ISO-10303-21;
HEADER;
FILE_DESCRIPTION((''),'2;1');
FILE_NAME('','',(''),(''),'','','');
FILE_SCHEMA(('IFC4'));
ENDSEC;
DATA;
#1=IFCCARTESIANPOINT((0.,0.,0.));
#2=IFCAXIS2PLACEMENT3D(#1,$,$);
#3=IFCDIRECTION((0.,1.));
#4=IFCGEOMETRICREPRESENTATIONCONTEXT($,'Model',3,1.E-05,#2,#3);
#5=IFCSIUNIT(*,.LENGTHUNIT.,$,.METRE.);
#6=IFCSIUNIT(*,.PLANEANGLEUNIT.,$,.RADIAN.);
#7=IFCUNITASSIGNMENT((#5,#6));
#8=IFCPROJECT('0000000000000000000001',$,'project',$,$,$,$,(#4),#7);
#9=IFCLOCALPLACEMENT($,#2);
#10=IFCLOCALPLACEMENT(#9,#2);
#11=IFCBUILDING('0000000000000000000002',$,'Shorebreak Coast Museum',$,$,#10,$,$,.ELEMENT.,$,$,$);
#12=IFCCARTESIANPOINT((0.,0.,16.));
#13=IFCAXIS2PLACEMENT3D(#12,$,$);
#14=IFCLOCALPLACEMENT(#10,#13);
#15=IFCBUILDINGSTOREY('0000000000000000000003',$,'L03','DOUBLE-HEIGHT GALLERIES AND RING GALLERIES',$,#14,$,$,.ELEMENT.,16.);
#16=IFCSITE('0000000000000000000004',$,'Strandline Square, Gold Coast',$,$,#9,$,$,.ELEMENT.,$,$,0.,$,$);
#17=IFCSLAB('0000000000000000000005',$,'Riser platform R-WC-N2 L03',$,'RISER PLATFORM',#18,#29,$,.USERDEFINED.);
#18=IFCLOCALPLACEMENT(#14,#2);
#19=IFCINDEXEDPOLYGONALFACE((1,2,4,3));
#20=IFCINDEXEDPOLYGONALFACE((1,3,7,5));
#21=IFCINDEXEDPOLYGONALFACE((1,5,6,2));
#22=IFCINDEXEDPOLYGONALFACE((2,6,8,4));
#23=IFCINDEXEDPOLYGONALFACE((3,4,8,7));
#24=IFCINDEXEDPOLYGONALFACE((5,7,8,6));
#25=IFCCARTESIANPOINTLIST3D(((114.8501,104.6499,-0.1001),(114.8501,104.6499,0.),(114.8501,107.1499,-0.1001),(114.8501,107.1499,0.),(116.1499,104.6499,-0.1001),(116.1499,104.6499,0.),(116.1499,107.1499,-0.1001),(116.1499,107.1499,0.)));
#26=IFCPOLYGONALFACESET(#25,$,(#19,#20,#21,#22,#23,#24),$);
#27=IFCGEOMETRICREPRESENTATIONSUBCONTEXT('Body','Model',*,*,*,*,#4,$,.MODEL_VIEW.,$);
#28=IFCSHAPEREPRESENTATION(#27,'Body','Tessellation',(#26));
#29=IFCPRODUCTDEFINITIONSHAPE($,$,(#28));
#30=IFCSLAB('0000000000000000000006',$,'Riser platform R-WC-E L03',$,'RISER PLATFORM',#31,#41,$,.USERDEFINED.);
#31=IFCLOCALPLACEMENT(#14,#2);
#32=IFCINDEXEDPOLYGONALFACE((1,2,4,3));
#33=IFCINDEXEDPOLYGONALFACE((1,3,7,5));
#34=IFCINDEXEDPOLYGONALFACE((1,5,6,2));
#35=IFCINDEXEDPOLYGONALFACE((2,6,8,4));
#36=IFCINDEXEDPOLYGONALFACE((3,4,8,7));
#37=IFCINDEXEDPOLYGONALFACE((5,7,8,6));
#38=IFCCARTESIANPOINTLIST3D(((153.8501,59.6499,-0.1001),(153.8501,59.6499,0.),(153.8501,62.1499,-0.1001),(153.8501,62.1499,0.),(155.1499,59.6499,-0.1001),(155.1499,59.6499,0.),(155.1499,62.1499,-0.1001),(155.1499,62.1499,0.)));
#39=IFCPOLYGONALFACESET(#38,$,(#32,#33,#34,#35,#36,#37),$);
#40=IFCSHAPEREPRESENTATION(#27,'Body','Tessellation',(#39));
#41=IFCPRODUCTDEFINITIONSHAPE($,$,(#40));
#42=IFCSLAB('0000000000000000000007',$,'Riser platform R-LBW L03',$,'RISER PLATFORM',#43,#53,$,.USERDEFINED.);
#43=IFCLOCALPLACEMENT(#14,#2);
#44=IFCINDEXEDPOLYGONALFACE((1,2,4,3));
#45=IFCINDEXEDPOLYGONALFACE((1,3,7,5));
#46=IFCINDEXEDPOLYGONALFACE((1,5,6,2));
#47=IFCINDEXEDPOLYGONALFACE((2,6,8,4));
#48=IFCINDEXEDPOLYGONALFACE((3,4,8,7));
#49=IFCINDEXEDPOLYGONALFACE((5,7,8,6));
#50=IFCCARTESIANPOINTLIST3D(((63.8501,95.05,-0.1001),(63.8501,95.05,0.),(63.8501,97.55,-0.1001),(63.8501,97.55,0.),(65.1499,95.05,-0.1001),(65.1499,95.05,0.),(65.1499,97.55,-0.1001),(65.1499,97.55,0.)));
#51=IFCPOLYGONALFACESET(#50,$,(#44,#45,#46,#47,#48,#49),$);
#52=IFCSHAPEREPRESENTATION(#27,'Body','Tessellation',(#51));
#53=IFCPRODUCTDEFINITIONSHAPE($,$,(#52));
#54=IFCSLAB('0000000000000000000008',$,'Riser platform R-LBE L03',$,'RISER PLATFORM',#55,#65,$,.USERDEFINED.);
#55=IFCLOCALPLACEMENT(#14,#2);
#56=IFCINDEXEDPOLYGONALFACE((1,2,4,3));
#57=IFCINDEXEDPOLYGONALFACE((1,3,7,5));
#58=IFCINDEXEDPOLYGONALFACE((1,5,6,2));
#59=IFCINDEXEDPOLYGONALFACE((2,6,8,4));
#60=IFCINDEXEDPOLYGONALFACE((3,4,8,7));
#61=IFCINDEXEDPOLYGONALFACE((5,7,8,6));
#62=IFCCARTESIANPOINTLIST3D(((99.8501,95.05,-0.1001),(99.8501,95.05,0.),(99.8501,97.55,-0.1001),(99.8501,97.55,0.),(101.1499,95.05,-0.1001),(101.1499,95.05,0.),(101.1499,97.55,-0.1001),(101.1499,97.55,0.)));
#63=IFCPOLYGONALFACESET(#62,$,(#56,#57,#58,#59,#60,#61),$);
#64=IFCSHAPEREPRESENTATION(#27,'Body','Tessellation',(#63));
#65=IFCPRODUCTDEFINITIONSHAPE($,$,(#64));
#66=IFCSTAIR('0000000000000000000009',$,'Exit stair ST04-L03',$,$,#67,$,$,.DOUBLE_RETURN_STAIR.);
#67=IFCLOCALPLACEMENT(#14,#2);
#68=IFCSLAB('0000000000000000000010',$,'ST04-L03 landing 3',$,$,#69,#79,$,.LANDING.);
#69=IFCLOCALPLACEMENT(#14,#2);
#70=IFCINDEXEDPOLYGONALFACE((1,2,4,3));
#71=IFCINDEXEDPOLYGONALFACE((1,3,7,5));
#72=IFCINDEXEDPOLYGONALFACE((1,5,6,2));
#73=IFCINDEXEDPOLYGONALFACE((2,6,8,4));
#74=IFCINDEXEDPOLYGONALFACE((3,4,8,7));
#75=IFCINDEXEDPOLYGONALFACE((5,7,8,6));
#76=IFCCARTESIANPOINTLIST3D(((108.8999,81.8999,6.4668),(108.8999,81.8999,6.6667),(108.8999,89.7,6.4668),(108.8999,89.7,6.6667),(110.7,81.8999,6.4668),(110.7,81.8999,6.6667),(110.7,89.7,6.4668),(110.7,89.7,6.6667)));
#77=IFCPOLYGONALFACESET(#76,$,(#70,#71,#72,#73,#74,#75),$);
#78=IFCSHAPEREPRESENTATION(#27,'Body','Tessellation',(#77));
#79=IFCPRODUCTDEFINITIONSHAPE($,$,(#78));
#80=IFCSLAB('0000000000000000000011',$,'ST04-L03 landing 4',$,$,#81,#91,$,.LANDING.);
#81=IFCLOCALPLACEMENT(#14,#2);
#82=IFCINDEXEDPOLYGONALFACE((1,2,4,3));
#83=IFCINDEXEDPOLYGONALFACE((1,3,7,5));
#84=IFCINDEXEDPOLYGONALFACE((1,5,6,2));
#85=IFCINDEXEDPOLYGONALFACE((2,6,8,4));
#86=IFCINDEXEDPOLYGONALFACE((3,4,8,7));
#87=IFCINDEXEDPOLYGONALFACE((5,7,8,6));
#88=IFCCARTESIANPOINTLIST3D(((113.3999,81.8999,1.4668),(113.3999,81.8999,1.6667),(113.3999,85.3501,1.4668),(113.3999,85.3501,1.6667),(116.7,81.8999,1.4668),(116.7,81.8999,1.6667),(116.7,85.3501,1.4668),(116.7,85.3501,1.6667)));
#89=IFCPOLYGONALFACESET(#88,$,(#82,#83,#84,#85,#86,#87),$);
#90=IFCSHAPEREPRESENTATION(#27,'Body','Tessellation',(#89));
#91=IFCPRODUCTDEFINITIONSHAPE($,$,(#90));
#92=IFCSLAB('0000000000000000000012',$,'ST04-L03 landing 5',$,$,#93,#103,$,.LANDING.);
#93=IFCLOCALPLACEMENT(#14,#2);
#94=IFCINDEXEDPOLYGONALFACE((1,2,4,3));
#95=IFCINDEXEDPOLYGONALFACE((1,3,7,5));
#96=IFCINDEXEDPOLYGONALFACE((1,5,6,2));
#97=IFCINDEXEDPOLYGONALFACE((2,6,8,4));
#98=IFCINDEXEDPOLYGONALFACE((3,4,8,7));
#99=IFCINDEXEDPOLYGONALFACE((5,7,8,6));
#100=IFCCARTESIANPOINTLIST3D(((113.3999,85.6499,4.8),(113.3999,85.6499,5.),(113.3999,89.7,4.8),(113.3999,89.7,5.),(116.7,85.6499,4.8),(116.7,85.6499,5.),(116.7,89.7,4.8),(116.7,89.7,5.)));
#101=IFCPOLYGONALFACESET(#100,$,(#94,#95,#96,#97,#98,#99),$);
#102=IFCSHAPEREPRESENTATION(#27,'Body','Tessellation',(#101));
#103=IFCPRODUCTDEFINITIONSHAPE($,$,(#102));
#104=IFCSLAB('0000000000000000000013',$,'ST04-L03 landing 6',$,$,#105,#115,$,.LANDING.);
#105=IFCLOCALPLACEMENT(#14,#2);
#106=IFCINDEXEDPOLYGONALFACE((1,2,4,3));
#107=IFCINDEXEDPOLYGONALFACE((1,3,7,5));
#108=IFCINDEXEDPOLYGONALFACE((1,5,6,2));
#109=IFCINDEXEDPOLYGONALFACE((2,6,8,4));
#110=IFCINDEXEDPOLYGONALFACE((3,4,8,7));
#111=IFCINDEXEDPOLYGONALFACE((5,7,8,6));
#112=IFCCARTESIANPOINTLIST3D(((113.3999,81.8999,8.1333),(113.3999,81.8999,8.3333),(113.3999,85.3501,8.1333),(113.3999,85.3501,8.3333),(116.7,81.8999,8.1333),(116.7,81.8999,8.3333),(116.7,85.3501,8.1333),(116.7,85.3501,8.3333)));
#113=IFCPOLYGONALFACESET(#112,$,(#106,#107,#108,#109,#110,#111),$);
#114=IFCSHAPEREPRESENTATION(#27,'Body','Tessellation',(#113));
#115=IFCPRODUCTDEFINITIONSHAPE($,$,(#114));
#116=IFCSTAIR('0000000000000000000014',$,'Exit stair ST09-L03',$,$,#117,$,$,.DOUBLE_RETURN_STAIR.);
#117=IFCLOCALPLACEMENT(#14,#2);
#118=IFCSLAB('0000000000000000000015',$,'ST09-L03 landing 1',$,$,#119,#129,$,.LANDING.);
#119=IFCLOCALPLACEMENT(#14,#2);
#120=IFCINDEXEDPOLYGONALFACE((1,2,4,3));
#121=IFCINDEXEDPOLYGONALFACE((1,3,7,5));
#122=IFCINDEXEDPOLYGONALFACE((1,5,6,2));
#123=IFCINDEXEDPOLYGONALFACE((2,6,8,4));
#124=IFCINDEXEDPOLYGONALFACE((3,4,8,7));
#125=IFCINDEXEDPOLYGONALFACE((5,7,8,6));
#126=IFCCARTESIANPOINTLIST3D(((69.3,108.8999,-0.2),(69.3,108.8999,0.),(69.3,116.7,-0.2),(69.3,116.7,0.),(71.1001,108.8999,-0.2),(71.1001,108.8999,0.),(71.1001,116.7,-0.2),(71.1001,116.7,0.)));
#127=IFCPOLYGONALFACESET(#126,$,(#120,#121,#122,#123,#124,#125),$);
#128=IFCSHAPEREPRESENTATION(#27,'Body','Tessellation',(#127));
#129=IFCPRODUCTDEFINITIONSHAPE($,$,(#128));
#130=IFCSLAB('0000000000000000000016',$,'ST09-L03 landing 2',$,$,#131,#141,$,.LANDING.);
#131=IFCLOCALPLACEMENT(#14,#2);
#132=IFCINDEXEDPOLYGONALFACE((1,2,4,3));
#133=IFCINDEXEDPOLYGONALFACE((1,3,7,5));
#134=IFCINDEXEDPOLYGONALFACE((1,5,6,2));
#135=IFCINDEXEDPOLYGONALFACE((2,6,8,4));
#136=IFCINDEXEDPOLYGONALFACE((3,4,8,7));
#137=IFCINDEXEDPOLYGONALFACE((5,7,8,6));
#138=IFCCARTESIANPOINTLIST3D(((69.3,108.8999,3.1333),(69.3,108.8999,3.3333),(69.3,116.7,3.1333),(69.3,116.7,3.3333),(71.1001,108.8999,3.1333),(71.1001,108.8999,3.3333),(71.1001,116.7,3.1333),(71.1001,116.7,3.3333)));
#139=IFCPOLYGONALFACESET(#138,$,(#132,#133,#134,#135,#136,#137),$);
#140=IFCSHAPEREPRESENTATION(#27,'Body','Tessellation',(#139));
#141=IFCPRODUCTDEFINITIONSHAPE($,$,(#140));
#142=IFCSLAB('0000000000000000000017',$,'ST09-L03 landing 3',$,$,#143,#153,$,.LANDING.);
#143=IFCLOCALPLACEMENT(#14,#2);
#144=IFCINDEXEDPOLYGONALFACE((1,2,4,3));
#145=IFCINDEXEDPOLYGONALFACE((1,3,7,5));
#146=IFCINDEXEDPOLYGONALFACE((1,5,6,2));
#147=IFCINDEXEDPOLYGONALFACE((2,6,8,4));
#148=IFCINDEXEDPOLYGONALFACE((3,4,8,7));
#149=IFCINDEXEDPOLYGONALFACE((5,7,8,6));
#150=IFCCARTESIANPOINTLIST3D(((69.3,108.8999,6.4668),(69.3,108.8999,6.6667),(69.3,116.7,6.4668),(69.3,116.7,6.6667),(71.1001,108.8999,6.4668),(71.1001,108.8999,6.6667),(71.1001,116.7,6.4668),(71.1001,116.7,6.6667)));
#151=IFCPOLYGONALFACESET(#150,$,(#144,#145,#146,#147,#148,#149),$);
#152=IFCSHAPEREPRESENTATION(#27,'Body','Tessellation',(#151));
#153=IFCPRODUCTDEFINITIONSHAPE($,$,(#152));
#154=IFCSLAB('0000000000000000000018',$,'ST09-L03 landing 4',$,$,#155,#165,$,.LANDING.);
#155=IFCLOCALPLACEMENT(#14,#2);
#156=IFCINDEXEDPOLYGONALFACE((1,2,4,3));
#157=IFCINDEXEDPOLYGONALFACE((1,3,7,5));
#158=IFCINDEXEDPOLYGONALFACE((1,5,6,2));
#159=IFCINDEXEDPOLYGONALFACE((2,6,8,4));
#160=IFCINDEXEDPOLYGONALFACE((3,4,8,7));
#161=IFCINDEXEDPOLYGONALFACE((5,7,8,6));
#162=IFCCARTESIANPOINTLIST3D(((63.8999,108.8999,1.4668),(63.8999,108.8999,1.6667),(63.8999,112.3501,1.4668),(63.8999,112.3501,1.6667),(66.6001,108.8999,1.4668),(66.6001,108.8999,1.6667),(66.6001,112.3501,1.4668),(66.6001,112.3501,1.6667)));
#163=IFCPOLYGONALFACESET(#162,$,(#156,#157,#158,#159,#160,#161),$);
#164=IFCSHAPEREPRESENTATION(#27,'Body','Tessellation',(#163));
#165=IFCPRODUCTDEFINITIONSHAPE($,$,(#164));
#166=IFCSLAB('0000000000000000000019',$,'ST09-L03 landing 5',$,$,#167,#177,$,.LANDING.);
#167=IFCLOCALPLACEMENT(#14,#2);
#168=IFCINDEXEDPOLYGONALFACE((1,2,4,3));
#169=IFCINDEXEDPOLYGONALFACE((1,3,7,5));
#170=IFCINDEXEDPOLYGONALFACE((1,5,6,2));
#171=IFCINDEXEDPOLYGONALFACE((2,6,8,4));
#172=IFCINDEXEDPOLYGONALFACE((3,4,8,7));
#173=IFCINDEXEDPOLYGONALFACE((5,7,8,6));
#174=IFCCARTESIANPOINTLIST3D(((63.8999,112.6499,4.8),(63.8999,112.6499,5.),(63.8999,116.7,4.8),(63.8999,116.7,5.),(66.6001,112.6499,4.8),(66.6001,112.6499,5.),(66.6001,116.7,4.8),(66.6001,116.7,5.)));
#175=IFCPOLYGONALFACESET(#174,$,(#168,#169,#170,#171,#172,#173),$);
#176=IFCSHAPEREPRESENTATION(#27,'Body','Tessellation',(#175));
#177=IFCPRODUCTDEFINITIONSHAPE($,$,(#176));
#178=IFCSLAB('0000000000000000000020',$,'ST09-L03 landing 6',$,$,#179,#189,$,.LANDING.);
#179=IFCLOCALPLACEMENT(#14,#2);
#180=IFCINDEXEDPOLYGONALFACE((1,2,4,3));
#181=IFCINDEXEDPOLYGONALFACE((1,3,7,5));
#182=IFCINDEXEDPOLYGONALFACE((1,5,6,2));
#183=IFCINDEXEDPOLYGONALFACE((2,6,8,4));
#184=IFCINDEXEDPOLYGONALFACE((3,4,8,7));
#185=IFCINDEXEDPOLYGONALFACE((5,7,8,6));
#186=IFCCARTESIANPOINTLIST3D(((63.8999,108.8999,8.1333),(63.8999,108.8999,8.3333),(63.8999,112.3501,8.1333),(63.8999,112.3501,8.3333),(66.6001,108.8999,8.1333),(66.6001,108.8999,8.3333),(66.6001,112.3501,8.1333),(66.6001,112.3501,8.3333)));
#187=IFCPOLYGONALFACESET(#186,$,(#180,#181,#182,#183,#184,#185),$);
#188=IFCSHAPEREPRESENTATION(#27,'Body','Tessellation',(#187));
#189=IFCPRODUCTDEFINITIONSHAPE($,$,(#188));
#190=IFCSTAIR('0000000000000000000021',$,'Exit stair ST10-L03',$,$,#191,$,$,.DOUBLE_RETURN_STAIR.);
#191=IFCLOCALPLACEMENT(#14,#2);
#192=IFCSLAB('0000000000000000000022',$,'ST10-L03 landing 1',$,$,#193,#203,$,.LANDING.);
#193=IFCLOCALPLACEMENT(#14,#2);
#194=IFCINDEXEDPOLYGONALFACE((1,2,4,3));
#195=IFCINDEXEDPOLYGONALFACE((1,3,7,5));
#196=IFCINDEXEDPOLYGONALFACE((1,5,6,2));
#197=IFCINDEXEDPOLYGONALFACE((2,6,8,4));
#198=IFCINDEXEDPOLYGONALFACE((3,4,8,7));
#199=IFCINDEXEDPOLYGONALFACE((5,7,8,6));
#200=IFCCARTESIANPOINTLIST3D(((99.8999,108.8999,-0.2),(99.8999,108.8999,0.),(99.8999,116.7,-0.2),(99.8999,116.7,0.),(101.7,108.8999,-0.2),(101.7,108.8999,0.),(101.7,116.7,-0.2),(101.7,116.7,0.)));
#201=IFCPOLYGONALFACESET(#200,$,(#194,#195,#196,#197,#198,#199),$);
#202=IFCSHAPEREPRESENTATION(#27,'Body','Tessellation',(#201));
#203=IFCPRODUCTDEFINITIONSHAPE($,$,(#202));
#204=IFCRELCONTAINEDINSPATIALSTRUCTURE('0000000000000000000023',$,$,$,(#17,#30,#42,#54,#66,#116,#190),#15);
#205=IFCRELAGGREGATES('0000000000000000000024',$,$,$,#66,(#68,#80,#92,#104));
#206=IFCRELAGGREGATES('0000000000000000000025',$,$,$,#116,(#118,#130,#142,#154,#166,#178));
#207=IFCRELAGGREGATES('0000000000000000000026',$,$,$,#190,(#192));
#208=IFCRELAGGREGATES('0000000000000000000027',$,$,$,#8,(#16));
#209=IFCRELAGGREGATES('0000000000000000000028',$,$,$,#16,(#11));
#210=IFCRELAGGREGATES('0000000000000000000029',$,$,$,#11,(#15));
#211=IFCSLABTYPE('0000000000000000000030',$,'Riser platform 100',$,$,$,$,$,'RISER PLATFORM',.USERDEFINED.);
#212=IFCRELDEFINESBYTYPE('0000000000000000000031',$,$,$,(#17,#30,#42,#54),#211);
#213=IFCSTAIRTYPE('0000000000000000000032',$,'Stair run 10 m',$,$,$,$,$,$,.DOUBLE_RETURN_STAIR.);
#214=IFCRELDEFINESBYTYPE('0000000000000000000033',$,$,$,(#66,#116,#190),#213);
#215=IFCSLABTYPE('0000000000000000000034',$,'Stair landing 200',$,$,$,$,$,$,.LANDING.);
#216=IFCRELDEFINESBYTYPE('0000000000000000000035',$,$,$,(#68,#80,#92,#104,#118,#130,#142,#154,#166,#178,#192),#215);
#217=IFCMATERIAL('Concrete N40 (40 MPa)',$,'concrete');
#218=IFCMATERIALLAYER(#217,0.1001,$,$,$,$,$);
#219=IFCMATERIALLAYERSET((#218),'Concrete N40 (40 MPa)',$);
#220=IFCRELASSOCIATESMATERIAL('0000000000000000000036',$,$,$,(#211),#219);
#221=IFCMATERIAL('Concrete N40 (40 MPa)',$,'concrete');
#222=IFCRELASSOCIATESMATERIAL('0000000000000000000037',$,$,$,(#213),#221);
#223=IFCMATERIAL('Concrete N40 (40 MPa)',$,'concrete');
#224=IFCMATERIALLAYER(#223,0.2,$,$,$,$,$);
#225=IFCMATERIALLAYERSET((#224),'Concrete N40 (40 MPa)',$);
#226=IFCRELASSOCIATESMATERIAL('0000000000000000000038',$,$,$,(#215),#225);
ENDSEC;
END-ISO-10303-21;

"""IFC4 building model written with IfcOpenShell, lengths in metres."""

from ifc_helpers import new_model, si_unit, direction, frame, origin, place, context, subcontext, project, spatial, polyline, outline, extrude, material, layer, layer_set, type_object, element, aggregate, save


model = new_model("IFC4")

# Units and contexts
model_context = context("Model", 3, precision=1e-05, world=origin(), true_north=direction((0.0, 1.0)))
body_context = subcontext(model_context, "Body", "Model", "MODEL_VIEW")
ifc_project = project(units=[si_unit("LENGTHUNIT", "METRE"), si_unit("PLANEANGLEUNIT", "RADIAN")], contexts=[model_context])

# Site, building, storey
site_placement = place(None, origin())
site = spatial("IfcSite", under=ifc_project, at=site_placement, Name="Strandline Square, Gold Coast", CompositionType="ELEMENT", RefElevation=0.0)
building_placement = place(site_placement, origin())
building = spatial("IfcBuilding", under=site, at=building_placement, Name="Shorebreak Coast Museum", CompositionType="ELEMENT")
storey_placement = place(building_placement, frame((0.0, 0.0, 16.0)))
storey = spatial("IfcBuildingStorey", under=building, at=storey_placement, Name="L03", Description="DOUBLE-HEIGHT GALLERIES AND RING GALLERIES", CompositionType="ELEMENT", Elevation=16.0)

# Slabs
ifc_material_1 = material(Name="Concrete N40 (40 MPa)", Category="concrete")
ifc_layer_1 = layer(ifc_material_1, 0.1001)
ifc_layer_set_1 = layer_set([ifc_layer_1], Name="Concrete N40 (40 MPa)")
slab_type_1 = type_object("IfcSlabType", Name="Riser platform 100", ElementType="RISER PLATFORM", PredefinedType="USERDEFINED", material=ifc_layer_set_1)
slab_1_placement = place(storey_placement, frame((0.0, 0.0, -0.1001)))
element("IfcSlab", 1, at=slab_1_placement, inside=storey, type_object=slab_type_1, Name="Riser platform R-WC-N2 L03", ObjectType="RISER PLATFORM", PredefinedType="USERDEFINED", context=body_context, shape_type="SweptSolid", body=[
    extrude(outline(polyline([(114.8501, 104.6499), (116.1499, 104.6499), (116.1499, 107.1499), (114.8501, 107.1499), (114.8501, 104.6499)])), origin(), (0.0, 0.0, 1.0), 0.1001),
])
slab_2_placement = place(storey_placement, frame((0.0, 0.0, -0.1001)))
element("IfcSlab", 2, at=slab_2_placement, inside=storey, type_object=slab_type_1, Name="Riser platform R-WC-E L03", ObjectType="RISER PLATFORM", PredefinedType="USERDEFINED", context=body_context, shape_type="SweptSolid", body=[
    extrude(outline(polyline([(153.8501, 59.6499), (155.1499, 59.6499), (155.1499, 62.1499), (153.8501, 62.1499), (153.8501, 59.6499)])), origin(), (0.0, 0.0, 1.0), 0.1001),
])
slab_3_placement = place(storey_placement, frame((0.0, 0.0, -0.1001)))
element("IfcSlab", 3, at=slab_3_placement, inside=storey, type_object=slab_type_1, Name="Riser platform R-LBW L03", ObjectType="RISER PLATFORM", PredefinedType="USERDEFINED", context=body_context, shape_type="SweptSolid", body=[
    extrude(outline(polyline([(63.8501, 95.05), (65.1499, 95.05), (65.1499, 97.55), (63.8501, 97.55), (63.8501, 95.05)])), origin(), (0.0, 0.0, 1.0), 0.1001),
])
slab_4_placement = place(storey_placement, frame((0.0, 0.0, -0.1001)))
element("IfcSlab", 4, at=slab_4_placement, inside=storey, type_object=slab_type_1, Name="Riser platform R-LBE L03", ObjectType="RISER PLATFORM", PredefinedType="USERDEFINED", context=body_context, shape_type="SweptSolid", body=[
    extrude(outline(polyline([(99.8501, 95.05), (101.1499, 95.05), (101.1499, 97.55), (99.8501, 97.55), (99.8501, 95.05)])), origin(), (0.0, 0.0, 1.0), 0.1001),
])

# Stairs, slabs
ifc_material_2 = material(Name="Concrete N40 (40 MPa)", Category="concrete")
stair_type = type_object("IfcStairType", Name="Stair run 10 m", PredefinedType="DOUBLE_RETURN_STAIR", material=ifc_material_2)
stair_1_placement = place(storey_placement, origin())
stair_1 = element("IfcStair", 5, at=stair_1_placement, inside=storey, type_object=stair_type, Name="Exit stair ST04-L03", PredefinedType="DOUBLE_RETURN_STAIR")
ifc_material_3 = material(Name="Concrete N40 (40 MPa)", Category="concrete")
ifc_layer_2 = layer(ifc_material_3, 0.2)
ifc_layer_set_2 = layer_set([ifc_layer_2], Name="Concrete N40 (40 MPa)")
slab_type_2 = type_object("IfcSlabType", Name="Stair landing 200", PredefinedType="LANDING", material=ifc_layer_set_2)
slab_5_placement = place(storey_placement, frame((0.0, 0.0, 6.4668)))
slab_5 = element("IfcSlab", 6, at=slab_5_placement, type_object=slab_type_2, Name="ST04-L03 landing 3", PredefinedType="LANDING", context=body_context, shape_type="SweptSolid", body=[
    extrude(outline(polyline([(108.8999, 81.8999), (110.7, 81.8999), (110.7, 89.7), (108.8999, 89.7), (108.8999, 81.8999)])), origin(), (0.0, 0.0, 1.0), 0.2),
])
slab_6_placement = place(storey_placement, frame((0.0, 0.0, 1.4668)))
slab_6 = element("IfcSlab", 7, at=slab_6_placement, type_object=slab_type_2, Name="ST04-L03 landing 4", PredefinedType="LANDING", context=body_context, shape_type="SweptSolid", body=[
    extrude(outline(polyline([(113.3999, 81.8999), (116.7, 81.8999), (116.7, 85.3501), (113.3999, 85.3501), (113.3999, 81.8999)])), origin(), (0.0, 0.0, 1.0), 0.2),
])
slab_7_placement = place(storey_placement, frame((0.0, 0.0, 4.8)))
slab_7 = element("IfcSlab", 8, at=slab_7_placement, type_object=slab_type_2, Name="ST04-L03 landing 5", PredefinedType="LANDING", context=body_context, shape_type="SweptSolid", body=[
    extrude(outline(polyline([(113.3999, 85.6499), (116.7, 85.6499), (116.7, 89.7), (113.3999, 89.7), (113.3999, 85.6499)])), origin(), (0.0, 0.0, 1.0), 0.2),
])
slab_8_placement = place(storey_placement, frame((0.0, 0.0, 8.1333)))
slab_8 = element("IfcSlab", 9, at=slab_8_placement, type_object=slab_type_2, Name="ST04-L03 landing 6", PredefinedType="LANDING", context=body_context, shape_type="SweptSolid", body=[
    extrude(outline(polyline([(113.3999, 81.8999), (116.7, 81.8999), (116.7, 85.3501), (113.3999, 85.3501), (113.3999, 81.8999)])), origin(), (0.0, 0.0, 1.0), 0.2),
])
aggregate(stair_1, [slab_5, slab_6, slab_7, slab_8])
stair_2_placement = place(storey_placement, origin())
stair_2 = element("IfcStair", 10, at=stair_2_placement, inside=storey, type_object=stair_type, Name="Exit stair ST09-L03", PredefinedType="DOUBLE_RETURN_STAIR")
slab_9_placement = place(storey_placement, frame((0.0, 0.0, -0.2)))
slab_9 = element("IfcSlab", 11, at=slab_9_placement, type_object=slab_type_2, Name="ST09-L03 landing 1", PredefinedType="LANDING", context=body_context, shape_type="SweptSolid", body=[
    extrude(outline(polyline([(69.3, 108.8999), (71.1001, 108.8999), (71.1001, 116.7), (69.3, 116.7), (69.3, 108.8999)])), origin(), (0.0, 0.0, 1.0), 0.2),
])
slab_10_placement = place(storey_placement, frame((0.0, 0.0, 3.1333)))
slab_10 = element("IfcSlab", 12, at=slab_10_placement, type_object=slab_type_2, Name="ST09-L03 landing 2", PredefinedType="LANDING", context=body_context, shape_type="SweptSolid", body=[
    extrude(outline(polyline([(69.3, 108.8999), (71.1001, 108.8999), (71.1001, 116.7), (69.3, 116.7), (69.3, 108.8999)])), origin(), (0.0, 0.0, 1.0), 0.2),
])
slab_11_placement = place(storey_placement, frame((0.0, 0.0, 6.4668)))
slab_11 = element("IfcSlab", 13, at=slab_11_placement, type_object=slab_type_2, Name="ST09-L03 landing 3", PredefinedType="LANDING", context=body_context, shape_type="SweptSolid", body=[
    extrude(outline(polyline([(69.3, 108.8999), (71.1001, 108.8999), (71.1001, 116.7), (69.3, 116.7), (69.3, 108.8999)])), origin(), (0.0, 0.0, 1.0), 0.2),
])
slab_12_placement = place(storey_placement, frame((0.0, 0.0, 1.4668)))
slab_12 = element("IfcSlab", 14, at=slab_12_placement, type_object=slab_type_2, Name="ST09-L03 landing 4", PredefinedType="LANDING", context=body_context, shape_type="SweptSolid", body=[
    extrude(outline(polyline([(63.8999, 108.8999), (66.6001, 108.8999), (66.6001, 112.3501), (63.8999, 112.3501), (63.8999, 108.8999)])), origin(), (0.0, 0.0, 1.0), 0.2),
])
slab_13_placement = place(storey_placement, frame((0.0, 0.0, 4.8)))
slab_13 = element("IfcSlab", 15, at=slab_13_placement, type_object=slab_type_2, Name="ST09-L03 landing 5", PredefinedType="LANDING", context=body_context, shape_type="SweptSolid", body=[
    extrude(outline(polyline([(63.8999, 112.6499), (66.6001, 112.6499), (66.6001, 116.7), (63.8999, 116.7), (63.8999, 112.6499)])), origin(), (0.0, 0.0, 1.0), 0.2),
])
slab_14_placement = place(storey_placement, frame((0.0, 0.0, 8.1333)))
slab_14 = element("IfcSlab", 16, at=slab_14_placement, type_object=slab_type_2, Name="ST09-L03 landing 6", PredefinedType="LANDING", context=body_context, shape_type="SweptSolid", body=[
    extrude(outline(polyline([(63.8999, 108.8999), (66.6001, 108.8999), (66.6001, 112.3501), (63.8999, 112.3501), (63.8999, 108.8999)])), origin(), (0.0, 0.0, 1.0), 0.2),
])
aggregate(stair_2, [slab_9, slab_10, slab_11, slab_12, slab_13, slab_14])
stair_3_placement = place(storey_placement, origin())
stair_3 = element("IfcStair", 17, at=stair_3_placement, inside=storey, type_object=stair_type, Name="Exit stair ST10-L03", PredefinedType="DOUBLE_RETURN_STAIR")
slab_15_placement = place(storey_placement, frame((0.0, 0.0, -0.2)))
slab_15 = element("IfcSlab", 18, at=slab_15_placement, type_object=slab_type_2, Name="ST10-L03 landing 1", PredefinedType="LANDING", context=body_context, shape_type="SweptSolid", body=[
    extrude(outline(polyline([(99.8999, 108.8999), (101.7, 108.8999), (101.7, 116.7), (99.8999, 116.7), (99.8999, 108.8999)])), origin(), (0.0, 0.0, 1.0), 0.2),
])
aggregate(stair_3, [slab_15])

save(model, "model.ifc")
